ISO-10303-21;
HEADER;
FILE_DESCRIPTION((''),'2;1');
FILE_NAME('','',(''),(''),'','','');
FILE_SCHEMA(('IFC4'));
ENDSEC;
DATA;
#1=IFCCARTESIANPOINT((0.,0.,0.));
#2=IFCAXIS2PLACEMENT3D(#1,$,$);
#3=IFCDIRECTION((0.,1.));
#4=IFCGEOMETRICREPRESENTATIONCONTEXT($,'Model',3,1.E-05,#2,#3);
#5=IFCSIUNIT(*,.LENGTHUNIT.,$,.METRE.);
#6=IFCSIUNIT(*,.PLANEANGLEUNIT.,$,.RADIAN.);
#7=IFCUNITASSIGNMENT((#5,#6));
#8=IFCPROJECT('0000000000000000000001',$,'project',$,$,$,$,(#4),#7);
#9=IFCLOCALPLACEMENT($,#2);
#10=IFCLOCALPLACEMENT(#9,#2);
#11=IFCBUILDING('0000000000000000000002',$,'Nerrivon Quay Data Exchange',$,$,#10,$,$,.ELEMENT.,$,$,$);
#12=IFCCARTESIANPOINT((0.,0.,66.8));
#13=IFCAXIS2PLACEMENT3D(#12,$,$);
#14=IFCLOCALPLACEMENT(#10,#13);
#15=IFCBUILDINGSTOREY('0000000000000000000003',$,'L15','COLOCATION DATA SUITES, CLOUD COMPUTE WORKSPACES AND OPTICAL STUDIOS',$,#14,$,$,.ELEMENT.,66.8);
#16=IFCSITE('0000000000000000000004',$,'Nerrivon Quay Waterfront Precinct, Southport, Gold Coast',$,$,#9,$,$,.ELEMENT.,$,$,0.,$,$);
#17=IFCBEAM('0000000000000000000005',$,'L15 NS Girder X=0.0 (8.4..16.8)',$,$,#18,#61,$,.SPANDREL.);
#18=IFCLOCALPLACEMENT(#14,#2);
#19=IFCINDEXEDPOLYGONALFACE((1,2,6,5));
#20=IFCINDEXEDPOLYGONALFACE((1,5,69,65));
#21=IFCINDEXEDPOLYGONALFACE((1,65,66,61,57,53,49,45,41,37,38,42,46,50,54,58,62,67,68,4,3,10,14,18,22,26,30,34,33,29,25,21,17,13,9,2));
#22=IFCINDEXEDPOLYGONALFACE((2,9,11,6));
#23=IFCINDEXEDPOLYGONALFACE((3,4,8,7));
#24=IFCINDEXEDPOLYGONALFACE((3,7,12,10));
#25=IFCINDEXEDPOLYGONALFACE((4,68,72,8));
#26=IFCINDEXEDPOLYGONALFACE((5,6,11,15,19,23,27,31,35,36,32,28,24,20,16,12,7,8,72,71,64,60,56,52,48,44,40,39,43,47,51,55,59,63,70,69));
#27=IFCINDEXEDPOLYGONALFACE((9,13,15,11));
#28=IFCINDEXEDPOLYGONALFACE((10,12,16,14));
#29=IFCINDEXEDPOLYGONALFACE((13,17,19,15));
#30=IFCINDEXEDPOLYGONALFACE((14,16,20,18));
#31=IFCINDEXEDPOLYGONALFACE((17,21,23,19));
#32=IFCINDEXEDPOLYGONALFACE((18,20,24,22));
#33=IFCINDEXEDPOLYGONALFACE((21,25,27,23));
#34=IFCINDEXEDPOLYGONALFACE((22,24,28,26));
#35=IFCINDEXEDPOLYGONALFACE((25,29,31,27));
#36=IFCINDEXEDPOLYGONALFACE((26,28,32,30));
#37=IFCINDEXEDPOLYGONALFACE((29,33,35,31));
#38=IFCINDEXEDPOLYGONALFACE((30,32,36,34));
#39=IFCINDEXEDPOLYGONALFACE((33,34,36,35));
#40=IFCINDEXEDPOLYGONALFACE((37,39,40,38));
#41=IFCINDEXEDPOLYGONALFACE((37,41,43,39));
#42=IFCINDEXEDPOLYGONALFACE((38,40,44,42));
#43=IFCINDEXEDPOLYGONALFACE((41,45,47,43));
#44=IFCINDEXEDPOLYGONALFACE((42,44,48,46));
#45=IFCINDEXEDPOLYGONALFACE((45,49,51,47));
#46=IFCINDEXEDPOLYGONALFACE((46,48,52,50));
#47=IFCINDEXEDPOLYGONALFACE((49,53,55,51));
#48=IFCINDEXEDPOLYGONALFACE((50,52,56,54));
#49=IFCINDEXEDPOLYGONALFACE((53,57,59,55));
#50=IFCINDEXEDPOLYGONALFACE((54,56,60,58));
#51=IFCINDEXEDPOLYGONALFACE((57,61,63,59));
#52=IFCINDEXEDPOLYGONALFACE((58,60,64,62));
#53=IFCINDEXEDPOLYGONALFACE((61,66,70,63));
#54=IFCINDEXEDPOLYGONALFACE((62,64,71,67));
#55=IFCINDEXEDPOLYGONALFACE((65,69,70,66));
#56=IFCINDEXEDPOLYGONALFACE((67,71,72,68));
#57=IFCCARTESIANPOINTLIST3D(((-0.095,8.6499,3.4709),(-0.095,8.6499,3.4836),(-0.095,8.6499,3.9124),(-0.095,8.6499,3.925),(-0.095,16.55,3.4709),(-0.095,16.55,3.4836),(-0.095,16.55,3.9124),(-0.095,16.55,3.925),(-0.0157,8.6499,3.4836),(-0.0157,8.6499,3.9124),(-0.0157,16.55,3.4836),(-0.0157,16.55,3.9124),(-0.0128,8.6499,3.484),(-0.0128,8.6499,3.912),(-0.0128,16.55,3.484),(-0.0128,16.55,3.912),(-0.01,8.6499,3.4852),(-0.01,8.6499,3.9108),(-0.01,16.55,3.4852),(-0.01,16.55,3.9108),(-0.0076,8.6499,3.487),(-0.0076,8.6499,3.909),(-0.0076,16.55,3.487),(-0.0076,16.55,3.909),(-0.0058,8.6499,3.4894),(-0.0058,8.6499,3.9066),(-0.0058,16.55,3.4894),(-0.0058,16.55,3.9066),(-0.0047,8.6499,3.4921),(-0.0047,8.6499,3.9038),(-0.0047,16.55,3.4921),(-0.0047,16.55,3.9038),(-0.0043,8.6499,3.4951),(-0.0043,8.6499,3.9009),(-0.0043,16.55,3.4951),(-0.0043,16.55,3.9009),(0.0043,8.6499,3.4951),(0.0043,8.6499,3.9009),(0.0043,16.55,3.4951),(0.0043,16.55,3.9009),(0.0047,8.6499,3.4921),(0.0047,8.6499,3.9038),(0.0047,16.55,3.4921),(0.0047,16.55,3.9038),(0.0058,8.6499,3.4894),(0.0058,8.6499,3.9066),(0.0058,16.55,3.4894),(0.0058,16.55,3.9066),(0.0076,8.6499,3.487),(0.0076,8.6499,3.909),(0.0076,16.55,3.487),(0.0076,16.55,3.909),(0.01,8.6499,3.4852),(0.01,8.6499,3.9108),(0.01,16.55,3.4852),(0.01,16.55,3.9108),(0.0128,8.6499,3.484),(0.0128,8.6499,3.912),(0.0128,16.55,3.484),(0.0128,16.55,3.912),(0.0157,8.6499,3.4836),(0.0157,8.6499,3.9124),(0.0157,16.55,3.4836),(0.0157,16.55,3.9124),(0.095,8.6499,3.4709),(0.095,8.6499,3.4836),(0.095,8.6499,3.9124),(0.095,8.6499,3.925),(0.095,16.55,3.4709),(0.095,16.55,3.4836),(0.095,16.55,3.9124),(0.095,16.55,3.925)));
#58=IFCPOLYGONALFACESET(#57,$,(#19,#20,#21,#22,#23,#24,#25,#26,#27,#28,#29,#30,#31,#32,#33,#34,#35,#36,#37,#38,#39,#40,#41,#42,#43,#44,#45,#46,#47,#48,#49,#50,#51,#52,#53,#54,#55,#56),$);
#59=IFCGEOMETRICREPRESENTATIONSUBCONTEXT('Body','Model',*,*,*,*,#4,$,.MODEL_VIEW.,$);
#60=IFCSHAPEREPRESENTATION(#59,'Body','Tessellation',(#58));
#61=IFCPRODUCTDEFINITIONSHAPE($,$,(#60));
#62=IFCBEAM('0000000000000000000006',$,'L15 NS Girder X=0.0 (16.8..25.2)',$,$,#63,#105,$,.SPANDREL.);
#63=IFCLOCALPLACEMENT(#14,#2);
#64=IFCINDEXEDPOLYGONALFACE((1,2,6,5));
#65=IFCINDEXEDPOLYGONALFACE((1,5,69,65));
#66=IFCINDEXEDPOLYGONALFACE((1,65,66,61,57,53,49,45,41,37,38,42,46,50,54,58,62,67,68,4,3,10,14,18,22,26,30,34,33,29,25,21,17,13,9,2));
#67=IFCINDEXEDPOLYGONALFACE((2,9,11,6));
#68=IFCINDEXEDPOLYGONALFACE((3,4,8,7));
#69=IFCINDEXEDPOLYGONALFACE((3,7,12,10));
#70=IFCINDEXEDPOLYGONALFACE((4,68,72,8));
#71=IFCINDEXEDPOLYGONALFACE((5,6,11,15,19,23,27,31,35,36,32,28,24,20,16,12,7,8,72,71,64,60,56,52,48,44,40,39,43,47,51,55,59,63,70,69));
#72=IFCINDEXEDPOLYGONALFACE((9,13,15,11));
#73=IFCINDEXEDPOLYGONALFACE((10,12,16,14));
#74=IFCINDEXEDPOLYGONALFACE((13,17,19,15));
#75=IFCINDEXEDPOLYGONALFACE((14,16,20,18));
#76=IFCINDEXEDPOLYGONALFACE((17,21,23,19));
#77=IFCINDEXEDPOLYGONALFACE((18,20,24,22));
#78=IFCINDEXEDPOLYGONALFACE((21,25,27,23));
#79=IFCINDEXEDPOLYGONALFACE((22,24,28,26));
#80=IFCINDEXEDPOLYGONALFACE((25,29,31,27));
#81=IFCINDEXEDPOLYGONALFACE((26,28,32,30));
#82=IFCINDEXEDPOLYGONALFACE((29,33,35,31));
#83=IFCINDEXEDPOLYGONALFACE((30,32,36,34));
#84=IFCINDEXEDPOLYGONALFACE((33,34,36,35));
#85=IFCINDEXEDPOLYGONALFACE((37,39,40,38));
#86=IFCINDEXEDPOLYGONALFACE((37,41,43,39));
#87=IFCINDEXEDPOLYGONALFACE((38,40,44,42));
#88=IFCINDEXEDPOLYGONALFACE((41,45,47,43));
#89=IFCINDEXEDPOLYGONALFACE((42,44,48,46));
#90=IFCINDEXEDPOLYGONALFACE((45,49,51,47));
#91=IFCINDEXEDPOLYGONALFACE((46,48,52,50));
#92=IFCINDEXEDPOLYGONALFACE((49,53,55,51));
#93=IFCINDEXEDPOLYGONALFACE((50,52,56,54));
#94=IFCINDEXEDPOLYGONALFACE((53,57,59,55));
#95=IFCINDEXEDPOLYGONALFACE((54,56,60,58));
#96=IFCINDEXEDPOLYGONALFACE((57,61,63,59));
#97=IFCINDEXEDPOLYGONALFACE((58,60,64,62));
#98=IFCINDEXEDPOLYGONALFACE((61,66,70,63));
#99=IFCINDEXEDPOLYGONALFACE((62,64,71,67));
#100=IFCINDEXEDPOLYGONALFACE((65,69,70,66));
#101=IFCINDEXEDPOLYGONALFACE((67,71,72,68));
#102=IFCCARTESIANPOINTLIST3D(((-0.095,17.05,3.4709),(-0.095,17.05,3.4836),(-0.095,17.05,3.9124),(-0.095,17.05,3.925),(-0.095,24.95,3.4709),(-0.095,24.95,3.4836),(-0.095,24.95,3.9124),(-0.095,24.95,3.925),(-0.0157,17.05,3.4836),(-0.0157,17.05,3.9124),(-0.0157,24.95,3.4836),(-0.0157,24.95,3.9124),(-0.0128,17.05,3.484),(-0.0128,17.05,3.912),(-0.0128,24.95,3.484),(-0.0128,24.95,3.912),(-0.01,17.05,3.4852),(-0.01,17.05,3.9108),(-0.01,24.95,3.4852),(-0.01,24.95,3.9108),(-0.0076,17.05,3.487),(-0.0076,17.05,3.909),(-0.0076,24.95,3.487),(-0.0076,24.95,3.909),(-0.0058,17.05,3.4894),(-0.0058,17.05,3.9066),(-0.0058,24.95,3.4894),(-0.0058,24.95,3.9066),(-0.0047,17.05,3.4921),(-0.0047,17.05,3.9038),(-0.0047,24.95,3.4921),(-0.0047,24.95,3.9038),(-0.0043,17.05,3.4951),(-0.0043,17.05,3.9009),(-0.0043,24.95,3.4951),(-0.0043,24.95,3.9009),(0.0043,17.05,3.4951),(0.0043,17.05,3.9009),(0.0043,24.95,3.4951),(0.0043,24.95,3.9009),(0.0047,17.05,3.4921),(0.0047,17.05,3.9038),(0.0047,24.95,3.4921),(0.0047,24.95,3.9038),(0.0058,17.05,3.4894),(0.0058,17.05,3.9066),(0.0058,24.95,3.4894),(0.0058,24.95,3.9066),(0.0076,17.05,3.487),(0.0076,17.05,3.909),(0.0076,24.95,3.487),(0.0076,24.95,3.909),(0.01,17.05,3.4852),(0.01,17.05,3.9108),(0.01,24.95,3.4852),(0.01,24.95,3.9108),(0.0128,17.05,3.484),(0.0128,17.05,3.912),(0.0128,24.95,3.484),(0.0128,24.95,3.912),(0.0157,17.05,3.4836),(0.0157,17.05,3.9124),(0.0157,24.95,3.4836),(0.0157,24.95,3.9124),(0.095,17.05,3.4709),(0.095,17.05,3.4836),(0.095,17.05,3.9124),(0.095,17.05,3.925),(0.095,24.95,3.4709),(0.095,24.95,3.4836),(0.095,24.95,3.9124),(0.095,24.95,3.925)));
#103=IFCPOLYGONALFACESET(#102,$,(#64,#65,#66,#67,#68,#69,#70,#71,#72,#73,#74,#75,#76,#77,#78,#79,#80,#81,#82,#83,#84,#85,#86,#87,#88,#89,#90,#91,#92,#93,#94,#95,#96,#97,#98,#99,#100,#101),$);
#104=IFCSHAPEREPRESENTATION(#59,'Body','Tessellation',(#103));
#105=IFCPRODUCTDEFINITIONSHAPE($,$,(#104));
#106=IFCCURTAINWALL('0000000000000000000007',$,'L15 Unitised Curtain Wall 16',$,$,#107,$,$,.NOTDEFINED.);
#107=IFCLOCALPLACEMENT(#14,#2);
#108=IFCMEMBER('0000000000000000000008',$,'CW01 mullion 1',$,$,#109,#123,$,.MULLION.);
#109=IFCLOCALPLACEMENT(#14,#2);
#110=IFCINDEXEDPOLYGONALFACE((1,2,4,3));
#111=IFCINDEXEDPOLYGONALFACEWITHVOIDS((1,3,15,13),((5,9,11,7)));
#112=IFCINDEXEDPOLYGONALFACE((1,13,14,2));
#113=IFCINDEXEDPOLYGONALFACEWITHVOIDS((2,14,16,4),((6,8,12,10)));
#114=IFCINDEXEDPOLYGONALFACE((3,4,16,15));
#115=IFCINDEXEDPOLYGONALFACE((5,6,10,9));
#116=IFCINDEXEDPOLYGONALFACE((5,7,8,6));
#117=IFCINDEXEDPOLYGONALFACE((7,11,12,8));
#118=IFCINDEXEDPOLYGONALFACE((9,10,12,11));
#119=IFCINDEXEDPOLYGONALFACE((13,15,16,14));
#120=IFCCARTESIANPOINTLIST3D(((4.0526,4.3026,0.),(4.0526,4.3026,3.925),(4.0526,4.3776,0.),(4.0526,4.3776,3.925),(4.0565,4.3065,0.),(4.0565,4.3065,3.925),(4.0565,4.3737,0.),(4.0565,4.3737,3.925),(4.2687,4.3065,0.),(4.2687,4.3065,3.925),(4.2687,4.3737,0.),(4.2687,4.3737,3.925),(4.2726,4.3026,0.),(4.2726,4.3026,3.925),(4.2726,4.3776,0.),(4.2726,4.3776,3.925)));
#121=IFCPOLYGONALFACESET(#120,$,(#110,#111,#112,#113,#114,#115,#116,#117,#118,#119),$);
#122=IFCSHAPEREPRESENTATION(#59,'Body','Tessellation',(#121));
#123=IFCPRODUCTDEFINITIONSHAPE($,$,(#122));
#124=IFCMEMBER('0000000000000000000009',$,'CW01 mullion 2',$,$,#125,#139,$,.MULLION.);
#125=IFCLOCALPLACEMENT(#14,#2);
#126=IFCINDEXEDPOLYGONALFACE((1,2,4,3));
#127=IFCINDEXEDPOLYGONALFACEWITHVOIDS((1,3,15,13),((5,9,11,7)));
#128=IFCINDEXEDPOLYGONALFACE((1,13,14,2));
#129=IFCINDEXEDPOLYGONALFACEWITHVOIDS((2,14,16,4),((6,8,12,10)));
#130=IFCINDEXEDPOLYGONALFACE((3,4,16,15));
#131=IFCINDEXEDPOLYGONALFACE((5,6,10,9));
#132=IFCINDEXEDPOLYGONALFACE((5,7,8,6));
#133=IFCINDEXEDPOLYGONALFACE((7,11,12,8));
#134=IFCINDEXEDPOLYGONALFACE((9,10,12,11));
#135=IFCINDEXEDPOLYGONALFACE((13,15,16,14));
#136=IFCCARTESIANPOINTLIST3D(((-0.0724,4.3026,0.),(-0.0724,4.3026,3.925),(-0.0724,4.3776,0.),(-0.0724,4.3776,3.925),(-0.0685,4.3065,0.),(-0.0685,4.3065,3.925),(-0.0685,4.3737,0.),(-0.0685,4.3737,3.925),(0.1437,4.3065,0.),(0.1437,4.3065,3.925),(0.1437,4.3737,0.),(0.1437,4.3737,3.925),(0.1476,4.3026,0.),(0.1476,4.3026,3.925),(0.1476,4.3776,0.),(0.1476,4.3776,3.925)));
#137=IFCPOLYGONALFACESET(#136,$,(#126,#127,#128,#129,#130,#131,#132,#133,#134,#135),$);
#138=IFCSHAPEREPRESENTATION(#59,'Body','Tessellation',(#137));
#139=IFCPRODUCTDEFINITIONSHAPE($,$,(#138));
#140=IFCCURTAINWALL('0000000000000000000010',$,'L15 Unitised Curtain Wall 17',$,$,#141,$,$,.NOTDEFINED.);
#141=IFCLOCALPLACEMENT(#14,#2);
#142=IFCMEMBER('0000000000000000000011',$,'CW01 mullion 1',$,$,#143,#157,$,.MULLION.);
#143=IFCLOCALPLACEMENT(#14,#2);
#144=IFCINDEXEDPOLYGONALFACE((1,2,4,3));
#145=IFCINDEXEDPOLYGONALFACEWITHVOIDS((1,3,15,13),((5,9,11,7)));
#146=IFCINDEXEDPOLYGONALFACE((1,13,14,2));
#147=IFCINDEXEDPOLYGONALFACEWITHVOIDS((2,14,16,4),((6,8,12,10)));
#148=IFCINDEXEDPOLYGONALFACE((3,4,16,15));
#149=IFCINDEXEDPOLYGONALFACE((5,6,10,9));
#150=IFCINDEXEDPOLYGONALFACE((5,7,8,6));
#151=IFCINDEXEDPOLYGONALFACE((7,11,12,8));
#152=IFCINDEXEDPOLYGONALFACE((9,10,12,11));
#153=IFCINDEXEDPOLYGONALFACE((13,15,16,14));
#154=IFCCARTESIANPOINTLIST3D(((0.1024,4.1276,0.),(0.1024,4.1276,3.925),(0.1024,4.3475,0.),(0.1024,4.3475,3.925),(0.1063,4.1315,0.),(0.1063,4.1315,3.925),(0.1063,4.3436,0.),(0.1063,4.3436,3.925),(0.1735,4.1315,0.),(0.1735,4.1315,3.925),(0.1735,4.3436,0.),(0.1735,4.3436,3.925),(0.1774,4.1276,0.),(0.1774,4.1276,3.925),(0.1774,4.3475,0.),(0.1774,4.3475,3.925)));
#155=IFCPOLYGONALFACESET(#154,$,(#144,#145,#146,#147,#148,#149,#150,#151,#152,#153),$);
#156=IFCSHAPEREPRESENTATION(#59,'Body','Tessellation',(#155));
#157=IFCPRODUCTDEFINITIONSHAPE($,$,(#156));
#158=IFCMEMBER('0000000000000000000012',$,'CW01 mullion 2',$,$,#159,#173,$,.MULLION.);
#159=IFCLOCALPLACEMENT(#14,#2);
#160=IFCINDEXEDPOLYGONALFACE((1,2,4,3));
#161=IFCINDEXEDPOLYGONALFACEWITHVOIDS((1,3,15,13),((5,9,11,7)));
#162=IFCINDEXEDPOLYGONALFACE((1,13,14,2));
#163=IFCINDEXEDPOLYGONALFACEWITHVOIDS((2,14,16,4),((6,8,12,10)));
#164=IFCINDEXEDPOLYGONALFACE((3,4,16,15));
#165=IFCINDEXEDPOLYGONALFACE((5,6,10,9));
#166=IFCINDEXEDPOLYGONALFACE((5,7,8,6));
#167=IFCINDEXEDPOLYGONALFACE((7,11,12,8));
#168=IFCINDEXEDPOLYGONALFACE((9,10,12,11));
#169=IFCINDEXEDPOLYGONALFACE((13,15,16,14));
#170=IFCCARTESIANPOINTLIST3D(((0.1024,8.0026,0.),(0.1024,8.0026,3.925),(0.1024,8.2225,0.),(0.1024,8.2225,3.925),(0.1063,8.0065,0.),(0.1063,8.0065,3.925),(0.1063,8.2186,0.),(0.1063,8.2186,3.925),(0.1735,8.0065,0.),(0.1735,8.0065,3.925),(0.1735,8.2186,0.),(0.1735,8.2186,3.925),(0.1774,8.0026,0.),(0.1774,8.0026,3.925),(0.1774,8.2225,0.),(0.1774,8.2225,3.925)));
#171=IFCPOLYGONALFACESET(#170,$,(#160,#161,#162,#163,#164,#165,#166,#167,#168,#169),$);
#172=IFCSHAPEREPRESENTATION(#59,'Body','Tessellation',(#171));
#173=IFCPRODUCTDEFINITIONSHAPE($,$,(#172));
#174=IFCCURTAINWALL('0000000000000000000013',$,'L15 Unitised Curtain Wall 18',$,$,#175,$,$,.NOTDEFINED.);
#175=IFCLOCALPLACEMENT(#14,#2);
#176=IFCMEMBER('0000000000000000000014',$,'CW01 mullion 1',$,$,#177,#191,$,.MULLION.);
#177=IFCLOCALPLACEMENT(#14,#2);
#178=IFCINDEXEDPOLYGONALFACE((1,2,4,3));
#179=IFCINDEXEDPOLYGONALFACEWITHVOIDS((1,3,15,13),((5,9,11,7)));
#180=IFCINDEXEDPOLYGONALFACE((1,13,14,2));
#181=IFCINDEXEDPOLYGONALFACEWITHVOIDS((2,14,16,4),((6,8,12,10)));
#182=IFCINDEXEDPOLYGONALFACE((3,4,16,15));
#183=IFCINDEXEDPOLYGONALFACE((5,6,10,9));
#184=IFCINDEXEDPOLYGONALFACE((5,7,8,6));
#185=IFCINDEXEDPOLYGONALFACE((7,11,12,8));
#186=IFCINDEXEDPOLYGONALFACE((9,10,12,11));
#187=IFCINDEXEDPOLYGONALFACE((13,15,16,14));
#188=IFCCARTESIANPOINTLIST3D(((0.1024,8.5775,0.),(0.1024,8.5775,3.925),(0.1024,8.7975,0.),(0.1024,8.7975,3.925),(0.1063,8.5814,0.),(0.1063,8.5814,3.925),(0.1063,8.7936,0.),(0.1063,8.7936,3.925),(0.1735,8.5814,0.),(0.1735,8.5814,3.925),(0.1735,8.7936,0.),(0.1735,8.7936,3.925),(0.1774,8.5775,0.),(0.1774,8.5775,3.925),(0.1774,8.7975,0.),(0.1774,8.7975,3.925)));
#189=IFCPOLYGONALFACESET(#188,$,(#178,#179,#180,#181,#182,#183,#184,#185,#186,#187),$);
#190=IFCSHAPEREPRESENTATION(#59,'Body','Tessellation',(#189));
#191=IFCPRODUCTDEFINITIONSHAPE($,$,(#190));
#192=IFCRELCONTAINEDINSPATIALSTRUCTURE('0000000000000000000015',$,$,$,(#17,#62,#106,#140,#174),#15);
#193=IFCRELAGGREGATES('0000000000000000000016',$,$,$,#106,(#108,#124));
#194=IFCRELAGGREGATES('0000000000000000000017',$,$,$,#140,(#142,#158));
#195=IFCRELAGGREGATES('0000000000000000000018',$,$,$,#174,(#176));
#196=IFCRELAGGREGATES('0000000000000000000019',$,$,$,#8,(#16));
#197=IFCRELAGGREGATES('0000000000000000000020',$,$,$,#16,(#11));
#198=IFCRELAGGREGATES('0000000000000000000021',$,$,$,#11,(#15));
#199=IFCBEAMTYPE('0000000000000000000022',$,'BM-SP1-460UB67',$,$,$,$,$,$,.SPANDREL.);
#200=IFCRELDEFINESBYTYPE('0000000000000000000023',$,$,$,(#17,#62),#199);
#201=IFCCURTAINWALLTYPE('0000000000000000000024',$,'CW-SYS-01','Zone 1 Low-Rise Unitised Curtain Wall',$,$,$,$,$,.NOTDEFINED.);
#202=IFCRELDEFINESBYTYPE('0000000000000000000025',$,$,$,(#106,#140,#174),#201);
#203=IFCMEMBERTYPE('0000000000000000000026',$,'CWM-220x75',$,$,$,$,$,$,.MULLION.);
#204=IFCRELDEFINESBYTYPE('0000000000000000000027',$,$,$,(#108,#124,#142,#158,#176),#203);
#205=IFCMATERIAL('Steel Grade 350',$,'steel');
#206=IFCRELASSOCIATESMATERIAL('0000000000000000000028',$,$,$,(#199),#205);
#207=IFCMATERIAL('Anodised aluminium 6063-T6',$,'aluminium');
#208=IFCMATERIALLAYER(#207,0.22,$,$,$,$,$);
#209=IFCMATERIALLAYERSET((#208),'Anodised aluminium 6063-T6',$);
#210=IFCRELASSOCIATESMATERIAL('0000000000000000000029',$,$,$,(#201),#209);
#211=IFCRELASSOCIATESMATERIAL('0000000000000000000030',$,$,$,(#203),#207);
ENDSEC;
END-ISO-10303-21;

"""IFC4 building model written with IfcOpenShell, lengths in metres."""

from ifc_helpers import new_model, si_unit, direction, frame, origin, origin_2d, place, context, subcontext, project, spatial, hollow_rectangle, i_section, extrude, material, layer, layer_set, material_profile, profile_set, type_object, element, aggregate, save


model = new_model("IFC4")

# Units and contexts
model_context = context("Model", 3, precision=1e-05, world=origin(), true_north=direction((0.0, 1.0)))
body_context = subcontext(model_context, "Body", "Model", "MODEL_VIEW")
ifc_project = project(units=[si_unit("LENGTHUNIT", "METRE"), si_unit("PLANEANGLEUNIT", "RADIAN")], contexts=[model_context])

# Site, building, storey
site_placement = place(None, origin())
site = spatial("IfcSite", under=ifc_project, at=site_placement, Name="Nerrivon Quay Waterfront Precinct, Southport, Gold Coast", CompositionType="ELEMENT", RefElevation=0.0)
building_placement = place(site_placement, origin())
building = spatial("IfcBuilding", under=site, at=building_placement, Name="Nerrivon Quay Data Exchange", CompositionType="ELEMENT")
storey_placement = place(building_placement, frame((0.0, 0.0, 66.8)))
storey = spatial("IfcBuildingStorey", under=building, at=storey_placement, Name="L15", Description="COLOCATION DATA SUITES, CLOUD COMPUTE WORKSPACES AND OPTICAL STUDIOS", CompositionType="ELEMENT", Elevation=66.8)

# Shared definitions
ifc_material_1 = material(Name="Steel Grade 350", Category="steel")

# Beams
ifc_material_profile_1 = material_profile(ifc_material_1, i_section(OverallWidth=0.1899, OverallDepth=0.4541, WebThickness=0.0085, FlangeThickness=0.0127, FilletRadius=0.0115, at=origin_2d()), Name="460UB67.1")
ifc_profile_set_1 = profile_set([ifc_material_profile_1], Name="Steel Grade 350")
beam_type_1 = type_object("IfcBeamType", Name="BM-SP1-460UB67", PredefinedType="SPANDREL", material=ifc_profile_set_1)
beam_1_placement = place(storey_placement, frame((0.0, 8.6499, 3.698), z_axis=(0.0, 1.0, 0.0), x_axis=(-1.0, 0.0, 0.0)))
element("IfcBeam", 1, at=beam_1_placement, inside=storey, type_object=beam_type_1, Name="L15 NS Girder X=0.0 (8.4..16.8)", PredefinedType="SPANDREL", context=body_context, shape_type="SweptSolid", body=[
    extrude(i_section(OverallWidth=0.1899, OverallDepth=0.4541, WebThickness=0.0085, FlangeThickness=0.0127, FilletRadius=0.0115, at=origin_2d()), origin(), (0.0, 0.0, 1.0), 7.9001),
])
beam_2_placement = place(storey_placement, frame((0.0, 17.05, 3.698), z_axis=(0.0, 1.0, 0.0), x_axis=(-1.0, 0.0, 0.0)))
element("IfcBeam", 2, at=beam_2_placement, inside=storey, type_object=beam_type_1, Name="L15 NS Girder X=0.0 (16.8..25.2)", PredefinedType="SPANDREL", context=body_context, shape_type="SweptSolid", body=[
    extrude(i_section(OverallWidth=0.1899, OverallDepth=0.4541, WebThickness=0.0085, FlangeThickness=0.0127, FilletRadius=0.0115, at=origin_2d()), origin(), (0.0, 0.0, 1.0), 7.8999),
])

# Curtain walls, members
ifc_material_2 = material(Name="Anodised aluminium 6063-T6", Category="aluminium")
ifc_layer_1 = layer(ifc_material_2, 0.22)
ifc_layer_set_1 = layer_set([ifc_layer_1], Name="Anodised aluminium 6063-T6")
curtain_wall_type = type_object("IfcCurtainWallType", Name="CW-SYS-01", Description="Zone 1 Low-Rise Unitised Curtain Wall", PredefinedType="NOTDEFINED", material=ifc_layer_set_1)
curtain_wall_1_placement = place(storey_placement, origin())
curtain_wall_1 = element("IfcCurtainWall", 3, at=curtain_wall_1_placement, inside=storey, type_object=curtain_wall_type, Name="L15 Unitised Curtain Wall 16", PredefinedType="NOTDEFINED")
ifc_material_profile_2 = material_profile(ifc_material_2, hollow_rectangle(XDim=0.075, YDim=0.22, WallThickness=0.0039, at=origin_2d()), Name="ALU-MULL-220x75")
ifc_profile_set_2 = profile_set([ifc_material_profile_2], Name="Anodised aluminium 6063-T6")
member_type_1 = type_object("IfcMemberType", Name="CWM-220x75", PredefinedType="MULLION", material=ifc_profile_set_2)
member_1_placement = place(storey_placement, frame((4.1626, 4.3401, 0.0), z_axis=(0.0, 0.0, 1.0), x_axis=(0.0, -1.0, 0.0)))
member_1 = element("IfcMember", 4, at=member_1_placement, type_object=member_type_1, Name="CW01 mullion 1", PredefinedType="MULLION", context=body_context, shape_type="SweptSolid", body=[
    extrude(hollow_rectangle(XDim=0.075, YDim=0.22, WallThickness=0.0039, at=origin_2d()), origin(), (0.0, 0.0, 1.0), 3.925),
])
member_2_placement = place(storey_placement, frame((0.0376, 4.3401, 0.0), z_axis=(0.0, 0.0, 1.0), x_axis=(0.0, -1.0, 0.0)))
member_2 = element("IfcMember", 5, at=member_2_placement, type_object=member_type_1, Name="CW01 mullion 2", PredefinedType="MULLION", context=body_context, shape_type="SweptSolid", body=[
    extrude(hollow_rectangle(XDim=0.075, YDim=0.22, WallThickness=0.0039, at=origin_2d()), origin(), (0.0, 0.0, 1.0), 3.925),
])
curtain_wall_2_placement = place(storey_placement, origin())
curtain_wall_2 = element("IfcCurtainWall", 6, at=curtain_wall_2_placement, inside=storey, type_object=curtain_wall_type, Name="L15 Unitised Curtain Wall 17", PredefinedType="NOTDEFINED")
member_3_placement = place(storey_placement, frame((0.1399, 4.2375, 0.0), z_axis=(0.0, 0.0, 1.0), x_axis=(-1.0, 0.0, 0.0)))
member_3 = element("IfcMember", 7, at=member_3_placement, type_object=member_type_1, Name="CW01 mullion 1", PredefinedType="MULLION", context=body_context, shape_type="SweptSolid", body=[
    extrude(hollow_rectangle(XDim=0.075, YDim=0.22, WallThickness=0.0039, at=origin_2d()), origin(), (0.0, 0.0, 1.0), 3.925),
])
member_4_placement = place(storey_placement, frame((0.1399, 8.1125, 0.0), z_axis=(0.0, 0.0, 1.0), x_axis=(-1.0, 0.0, 0.0)))
member_4 = element("IfcMember", 8, at=member_4_placement, type_object=member_type_1, Name="CW01 mullion 2", PredefinedType="MULLION", context=body_context, shape_type="SweptSolid", body=[
    extrude(hollow_rectangle(XDim=0.075, YDim=0.22, WallThickness=0.0039, at=origin_2d()), origin(), (0.0, 0.0, 1.0), 3.925),
])
curtain_wall_3_placement = place(storey_placement, origin())
curtain_wall_3 = element("IfcCurtainWall", 9, at=curtain_wall_3_placement, inside=storey, type_object=curtain_wall_type, Name="L15 Unitised Curtain Wall 18", PredefinedType="NOTDEFINED")
member_5_placement = place(storey_placement, frame((0.1399, 8.6875, 0.0), z_axis=(0.0, 0.0, 1.0), x_axis=(-1.0, 0.0, 0.0)))
member_5 = element("IfcMember", 10, at=member_5_placement, type_object=member_type_1, Name="CW01 mullion 1", PredefinedType="MULLION", context=body_context, shape_type="SweptSolid", body=[
    extrude(hollow_rectangle(XDim=0.075, YDim=0.22, WallThickness=0.0039, at=origin_2d()), origin(), (0.0, 0.0, 1.0), 3.925),
])

aggregate(curtain_wall_1, [member_1, member_2])
aggregate(curtain_wall_2, [member_3, member_4])
aggregate(curtain_wall_3, [member_5])

save(model, "model.ifc")
